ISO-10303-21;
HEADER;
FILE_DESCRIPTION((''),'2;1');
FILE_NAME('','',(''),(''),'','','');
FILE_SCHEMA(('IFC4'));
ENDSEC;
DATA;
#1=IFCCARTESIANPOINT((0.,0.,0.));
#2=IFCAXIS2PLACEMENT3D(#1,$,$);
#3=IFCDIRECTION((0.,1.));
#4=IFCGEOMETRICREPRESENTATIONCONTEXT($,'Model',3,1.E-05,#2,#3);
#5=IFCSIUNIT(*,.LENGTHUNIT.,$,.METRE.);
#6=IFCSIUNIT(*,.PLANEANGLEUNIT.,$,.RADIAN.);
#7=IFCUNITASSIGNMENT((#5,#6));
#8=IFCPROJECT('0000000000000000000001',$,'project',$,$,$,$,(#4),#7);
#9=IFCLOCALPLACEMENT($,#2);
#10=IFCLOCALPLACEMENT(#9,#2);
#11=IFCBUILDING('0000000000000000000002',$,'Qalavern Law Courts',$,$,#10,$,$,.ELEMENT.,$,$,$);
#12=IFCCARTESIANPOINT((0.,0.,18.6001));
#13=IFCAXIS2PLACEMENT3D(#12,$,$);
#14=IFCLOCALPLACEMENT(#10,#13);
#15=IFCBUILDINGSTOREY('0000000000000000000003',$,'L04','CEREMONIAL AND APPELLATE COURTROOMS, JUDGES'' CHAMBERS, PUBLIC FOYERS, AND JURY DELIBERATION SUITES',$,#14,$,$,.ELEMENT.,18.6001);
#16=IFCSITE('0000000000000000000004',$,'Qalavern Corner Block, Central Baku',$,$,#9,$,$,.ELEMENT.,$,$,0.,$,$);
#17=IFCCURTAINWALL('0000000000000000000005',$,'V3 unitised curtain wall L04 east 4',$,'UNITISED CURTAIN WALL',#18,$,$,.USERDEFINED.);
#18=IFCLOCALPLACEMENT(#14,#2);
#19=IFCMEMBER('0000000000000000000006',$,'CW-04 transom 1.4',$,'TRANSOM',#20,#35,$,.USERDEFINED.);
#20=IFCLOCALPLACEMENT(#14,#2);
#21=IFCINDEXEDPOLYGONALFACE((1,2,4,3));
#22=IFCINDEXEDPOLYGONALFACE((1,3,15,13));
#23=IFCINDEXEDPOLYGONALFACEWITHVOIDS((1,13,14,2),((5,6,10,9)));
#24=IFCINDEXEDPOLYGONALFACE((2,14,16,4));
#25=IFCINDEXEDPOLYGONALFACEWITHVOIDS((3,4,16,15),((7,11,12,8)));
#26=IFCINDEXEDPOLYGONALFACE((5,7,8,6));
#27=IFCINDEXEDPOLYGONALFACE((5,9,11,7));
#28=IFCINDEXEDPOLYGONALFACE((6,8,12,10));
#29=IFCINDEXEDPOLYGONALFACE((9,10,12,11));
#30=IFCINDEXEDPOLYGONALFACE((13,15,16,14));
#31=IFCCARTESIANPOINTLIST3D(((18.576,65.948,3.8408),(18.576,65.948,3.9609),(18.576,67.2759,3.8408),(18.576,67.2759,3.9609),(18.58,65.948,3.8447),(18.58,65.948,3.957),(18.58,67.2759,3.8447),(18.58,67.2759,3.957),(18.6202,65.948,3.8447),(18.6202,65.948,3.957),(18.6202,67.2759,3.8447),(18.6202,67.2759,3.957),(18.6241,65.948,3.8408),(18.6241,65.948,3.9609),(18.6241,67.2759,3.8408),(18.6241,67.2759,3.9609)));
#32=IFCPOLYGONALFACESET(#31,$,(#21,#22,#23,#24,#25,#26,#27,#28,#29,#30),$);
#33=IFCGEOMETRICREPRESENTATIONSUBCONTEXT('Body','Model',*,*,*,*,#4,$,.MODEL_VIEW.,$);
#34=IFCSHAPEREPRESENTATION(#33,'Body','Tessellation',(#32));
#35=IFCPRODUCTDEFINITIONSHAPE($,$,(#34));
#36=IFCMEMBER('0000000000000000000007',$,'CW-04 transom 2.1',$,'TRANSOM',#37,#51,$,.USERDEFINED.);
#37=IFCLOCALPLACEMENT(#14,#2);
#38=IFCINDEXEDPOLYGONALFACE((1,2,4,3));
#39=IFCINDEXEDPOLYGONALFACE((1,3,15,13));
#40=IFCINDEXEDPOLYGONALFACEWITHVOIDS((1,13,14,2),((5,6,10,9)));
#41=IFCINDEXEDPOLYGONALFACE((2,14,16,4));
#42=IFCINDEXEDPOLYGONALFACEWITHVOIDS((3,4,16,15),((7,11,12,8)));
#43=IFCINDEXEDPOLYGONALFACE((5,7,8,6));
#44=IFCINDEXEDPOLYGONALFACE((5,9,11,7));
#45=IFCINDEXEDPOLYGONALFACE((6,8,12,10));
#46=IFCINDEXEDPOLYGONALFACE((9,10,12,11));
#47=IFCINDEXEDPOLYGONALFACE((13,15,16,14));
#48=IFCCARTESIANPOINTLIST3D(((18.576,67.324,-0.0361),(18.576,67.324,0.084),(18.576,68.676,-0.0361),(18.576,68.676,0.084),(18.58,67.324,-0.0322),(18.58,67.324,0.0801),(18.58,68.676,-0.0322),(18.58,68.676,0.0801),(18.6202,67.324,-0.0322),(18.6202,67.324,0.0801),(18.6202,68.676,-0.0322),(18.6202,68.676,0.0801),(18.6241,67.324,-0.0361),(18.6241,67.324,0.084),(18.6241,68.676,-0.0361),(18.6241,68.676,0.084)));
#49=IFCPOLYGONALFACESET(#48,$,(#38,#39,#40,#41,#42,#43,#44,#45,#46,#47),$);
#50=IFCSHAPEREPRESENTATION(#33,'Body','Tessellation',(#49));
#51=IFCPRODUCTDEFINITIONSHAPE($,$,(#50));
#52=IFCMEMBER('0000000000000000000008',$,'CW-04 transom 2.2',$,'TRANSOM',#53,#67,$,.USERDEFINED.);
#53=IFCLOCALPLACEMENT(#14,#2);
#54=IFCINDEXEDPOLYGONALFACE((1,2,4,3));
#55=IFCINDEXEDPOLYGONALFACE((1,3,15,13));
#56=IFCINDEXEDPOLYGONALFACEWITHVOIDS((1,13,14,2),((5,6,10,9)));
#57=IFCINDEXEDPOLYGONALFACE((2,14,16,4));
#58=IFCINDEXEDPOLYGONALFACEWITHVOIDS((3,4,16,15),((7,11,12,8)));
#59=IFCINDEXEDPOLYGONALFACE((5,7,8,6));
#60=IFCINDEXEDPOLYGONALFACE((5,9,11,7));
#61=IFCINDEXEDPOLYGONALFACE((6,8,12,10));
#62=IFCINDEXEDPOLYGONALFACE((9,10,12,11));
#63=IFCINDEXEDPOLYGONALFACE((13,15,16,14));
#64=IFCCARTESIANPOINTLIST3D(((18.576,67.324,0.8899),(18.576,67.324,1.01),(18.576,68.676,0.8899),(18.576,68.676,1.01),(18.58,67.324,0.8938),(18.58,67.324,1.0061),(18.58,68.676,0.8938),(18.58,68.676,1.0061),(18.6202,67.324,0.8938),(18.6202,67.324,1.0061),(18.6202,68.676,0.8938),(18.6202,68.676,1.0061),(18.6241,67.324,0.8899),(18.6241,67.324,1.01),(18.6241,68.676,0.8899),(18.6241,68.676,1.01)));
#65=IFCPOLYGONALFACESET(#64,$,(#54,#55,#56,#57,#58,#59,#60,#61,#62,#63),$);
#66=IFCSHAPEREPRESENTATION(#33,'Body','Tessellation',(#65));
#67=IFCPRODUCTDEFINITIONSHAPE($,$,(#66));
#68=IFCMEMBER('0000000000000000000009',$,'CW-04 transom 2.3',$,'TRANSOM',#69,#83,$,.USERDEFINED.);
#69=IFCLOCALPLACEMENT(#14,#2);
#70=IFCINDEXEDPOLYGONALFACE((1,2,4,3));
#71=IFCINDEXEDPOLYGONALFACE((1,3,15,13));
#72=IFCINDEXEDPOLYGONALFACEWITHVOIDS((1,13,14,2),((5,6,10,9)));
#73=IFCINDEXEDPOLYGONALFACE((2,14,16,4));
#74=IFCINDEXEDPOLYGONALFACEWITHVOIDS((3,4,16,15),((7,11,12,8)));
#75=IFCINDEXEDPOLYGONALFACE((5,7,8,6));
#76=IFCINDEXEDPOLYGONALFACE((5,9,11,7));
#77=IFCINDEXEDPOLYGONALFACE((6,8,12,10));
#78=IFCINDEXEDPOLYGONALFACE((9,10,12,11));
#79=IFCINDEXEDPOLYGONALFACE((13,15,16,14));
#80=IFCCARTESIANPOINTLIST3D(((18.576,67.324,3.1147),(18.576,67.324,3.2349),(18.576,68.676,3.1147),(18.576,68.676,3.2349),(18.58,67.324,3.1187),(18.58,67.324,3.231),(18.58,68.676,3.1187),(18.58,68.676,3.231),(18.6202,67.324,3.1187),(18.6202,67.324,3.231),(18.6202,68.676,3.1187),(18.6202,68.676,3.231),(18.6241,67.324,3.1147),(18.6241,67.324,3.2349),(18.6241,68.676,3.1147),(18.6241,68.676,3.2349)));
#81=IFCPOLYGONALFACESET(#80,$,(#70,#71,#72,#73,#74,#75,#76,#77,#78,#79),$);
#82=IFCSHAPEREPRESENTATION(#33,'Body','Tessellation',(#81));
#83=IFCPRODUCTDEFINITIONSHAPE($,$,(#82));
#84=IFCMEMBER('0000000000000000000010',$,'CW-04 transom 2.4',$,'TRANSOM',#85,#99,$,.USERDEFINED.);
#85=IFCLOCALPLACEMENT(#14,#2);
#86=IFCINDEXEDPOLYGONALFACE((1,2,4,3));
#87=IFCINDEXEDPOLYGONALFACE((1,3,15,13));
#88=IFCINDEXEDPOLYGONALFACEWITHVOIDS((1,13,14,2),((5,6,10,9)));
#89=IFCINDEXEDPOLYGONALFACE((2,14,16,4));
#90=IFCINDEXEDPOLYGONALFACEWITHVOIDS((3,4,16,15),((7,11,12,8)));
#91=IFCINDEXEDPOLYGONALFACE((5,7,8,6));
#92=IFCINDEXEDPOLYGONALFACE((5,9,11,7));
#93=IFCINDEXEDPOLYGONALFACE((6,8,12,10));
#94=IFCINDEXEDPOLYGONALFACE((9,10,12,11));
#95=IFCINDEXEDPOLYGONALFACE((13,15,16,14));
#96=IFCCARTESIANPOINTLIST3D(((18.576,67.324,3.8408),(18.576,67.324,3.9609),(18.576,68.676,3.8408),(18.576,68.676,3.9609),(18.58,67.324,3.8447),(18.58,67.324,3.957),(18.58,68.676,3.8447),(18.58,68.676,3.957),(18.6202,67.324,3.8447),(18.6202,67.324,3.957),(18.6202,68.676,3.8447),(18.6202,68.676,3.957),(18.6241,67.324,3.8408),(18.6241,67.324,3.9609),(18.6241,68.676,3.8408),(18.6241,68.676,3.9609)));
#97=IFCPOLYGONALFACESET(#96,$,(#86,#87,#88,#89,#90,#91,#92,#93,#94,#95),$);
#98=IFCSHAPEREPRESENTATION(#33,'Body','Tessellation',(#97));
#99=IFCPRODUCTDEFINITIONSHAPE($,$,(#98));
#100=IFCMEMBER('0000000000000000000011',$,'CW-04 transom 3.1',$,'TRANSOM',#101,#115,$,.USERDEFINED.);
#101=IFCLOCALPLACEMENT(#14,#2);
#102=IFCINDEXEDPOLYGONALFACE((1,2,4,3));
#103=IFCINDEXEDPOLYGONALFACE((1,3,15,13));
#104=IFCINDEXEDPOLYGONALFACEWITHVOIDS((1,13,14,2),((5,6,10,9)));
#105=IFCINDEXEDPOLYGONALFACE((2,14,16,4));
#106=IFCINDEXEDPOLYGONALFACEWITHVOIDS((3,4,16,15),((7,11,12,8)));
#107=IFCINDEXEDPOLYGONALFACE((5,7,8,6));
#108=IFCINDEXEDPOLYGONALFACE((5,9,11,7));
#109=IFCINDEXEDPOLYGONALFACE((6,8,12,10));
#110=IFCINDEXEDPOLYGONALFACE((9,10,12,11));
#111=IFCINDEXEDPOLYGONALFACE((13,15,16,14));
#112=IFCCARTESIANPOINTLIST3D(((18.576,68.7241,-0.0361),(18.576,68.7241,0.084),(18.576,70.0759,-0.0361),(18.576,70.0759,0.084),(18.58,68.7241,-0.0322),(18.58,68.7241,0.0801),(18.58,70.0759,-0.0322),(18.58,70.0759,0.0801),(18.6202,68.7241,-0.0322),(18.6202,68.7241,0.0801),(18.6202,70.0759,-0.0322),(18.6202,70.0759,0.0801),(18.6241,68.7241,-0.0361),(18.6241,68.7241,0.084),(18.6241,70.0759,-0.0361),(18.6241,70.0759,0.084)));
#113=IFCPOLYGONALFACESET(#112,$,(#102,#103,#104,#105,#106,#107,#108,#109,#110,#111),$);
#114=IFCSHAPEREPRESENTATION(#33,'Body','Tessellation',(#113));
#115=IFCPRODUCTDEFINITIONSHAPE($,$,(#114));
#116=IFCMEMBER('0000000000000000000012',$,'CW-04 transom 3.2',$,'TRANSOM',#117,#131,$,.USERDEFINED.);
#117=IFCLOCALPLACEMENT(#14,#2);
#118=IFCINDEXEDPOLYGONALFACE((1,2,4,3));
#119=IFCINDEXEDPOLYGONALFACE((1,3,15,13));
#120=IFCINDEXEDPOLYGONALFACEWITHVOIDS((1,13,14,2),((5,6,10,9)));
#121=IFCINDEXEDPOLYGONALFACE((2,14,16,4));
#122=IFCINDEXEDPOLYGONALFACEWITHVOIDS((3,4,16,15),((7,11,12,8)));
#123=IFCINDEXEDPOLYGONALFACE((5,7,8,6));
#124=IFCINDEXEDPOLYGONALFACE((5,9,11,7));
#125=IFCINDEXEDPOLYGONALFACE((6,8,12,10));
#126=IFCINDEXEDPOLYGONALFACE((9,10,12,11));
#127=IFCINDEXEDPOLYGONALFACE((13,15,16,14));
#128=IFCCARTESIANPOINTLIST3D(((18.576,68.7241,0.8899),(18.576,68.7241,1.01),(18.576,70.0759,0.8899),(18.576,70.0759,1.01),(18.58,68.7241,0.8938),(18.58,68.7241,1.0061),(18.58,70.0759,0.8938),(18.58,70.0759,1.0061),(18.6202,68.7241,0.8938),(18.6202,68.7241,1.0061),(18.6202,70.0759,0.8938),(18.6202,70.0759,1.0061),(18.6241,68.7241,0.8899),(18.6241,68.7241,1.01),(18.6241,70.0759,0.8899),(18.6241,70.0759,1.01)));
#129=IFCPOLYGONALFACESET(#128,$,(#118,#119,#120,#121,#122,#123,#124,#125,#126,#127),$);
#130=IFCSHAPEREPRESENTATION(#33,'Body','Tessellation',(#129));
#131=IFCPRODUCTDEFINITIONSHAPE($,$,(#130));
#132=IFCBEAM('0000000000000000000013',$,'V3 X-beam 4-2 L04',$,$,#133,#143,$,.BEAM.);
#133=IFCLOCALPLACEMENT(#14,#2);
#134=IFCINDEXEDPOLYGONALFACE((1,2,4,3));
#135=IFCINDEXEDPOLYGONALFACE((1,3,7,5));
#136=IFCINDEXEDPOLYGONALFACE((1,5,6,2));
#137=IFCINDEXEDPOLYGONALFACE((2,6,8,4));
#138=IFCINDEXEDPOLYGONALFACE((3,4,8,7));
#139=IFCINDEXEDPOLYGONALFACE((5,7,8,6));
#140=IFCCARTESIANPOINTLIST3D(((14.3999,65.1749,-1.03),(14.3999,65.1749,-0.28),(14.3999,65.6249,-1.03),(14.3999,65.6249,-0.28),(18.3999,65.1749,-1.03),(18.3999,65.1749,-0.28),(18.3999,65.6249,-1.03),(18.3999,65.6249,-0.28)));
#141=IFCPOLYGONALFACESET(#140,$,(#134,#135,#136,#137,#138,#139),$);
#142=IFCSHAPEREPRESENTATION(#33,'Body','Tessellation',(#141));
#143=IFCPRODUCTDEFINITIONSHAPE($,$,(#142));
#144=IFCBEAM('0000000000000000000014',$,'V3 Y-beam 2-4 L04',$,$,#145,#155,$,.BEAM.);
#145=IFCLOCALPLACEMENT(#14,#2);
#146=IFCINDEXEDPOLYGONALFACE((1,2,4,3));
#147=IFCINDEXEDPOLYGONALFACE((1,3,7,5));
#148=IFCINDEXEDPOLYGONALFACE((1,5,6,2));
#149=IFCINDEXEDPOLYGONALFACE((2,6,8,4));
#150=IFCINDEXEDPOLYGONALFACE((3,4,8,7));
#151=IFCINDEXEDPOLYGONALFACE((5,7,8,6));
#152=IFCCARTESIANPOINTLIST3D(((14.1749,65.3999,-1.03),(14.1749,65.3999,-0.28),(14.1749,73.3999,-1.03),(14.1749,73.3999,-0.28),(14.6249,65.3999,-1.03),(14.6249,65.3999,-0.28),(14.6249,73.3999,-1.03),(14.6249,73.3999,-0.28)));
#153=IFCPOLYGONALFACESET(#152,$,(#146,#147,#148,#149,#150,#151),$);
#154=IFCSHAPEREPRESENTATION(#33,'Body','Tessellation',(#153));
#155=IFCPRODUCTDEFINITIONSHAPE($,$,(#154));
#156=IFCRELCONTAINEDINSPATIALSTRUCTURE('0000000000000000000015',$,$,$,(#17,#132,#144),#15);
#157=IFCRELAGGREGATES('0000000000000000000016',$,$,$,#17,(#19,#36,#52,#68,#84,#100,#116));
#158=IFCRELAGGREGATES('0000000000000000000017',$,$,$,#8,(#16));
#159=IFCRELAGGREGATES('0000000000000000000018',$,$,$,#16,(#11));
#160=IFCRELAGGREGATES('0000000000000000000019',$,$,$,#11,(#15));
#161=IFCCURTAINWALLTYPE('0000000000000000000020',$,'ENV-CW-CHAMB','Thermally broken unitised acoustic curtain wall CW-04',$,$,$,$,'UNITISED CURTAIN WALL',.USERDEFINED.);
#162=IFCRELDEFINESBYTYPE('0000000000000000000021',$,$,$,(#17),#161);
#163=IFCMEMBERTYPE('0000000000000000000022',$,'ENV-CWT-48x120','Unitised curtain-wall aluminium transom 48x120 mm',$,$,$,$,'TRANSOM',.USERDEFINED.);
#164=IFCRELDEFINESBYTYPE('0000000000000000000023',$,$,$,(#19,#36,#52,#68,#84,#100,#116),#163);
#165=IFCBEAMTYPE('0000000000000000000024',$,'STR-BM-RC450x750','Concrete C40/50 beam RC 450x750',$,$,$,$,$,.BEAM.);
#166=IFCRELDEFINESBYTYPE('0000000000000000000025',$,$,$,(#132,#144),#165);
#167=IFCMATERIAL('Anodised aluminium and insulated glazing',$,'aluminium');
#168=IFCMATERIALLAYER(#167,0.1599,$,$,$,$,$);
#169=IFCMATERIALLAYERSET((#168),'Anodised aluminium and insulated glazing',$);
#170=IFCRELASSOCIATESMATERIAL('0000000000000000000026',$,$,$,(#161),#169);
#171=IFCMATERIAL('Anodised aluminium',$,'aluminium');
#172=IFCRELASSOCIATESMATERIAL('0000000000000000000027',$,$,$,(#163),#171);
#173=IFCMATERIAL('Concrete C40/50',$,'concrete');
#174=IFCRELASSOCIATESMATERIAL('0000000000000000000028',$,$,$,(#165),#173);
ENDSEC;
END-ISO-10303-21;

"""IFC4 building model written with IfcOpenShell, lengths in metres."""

from ifc_helpers import new_model, si_unit, direction, frame, origin, origin_2d, place, context, subcontext, project, spatial, rectangle, hollow_rectangle, extrude, material, layer, layer_set, material_profile, profile_set, type_object, element, aggregate, save


model = new_model("IFC4")

# Units and contexts
model_context = context("Model", 3, precision=1e-05, world=origin(), true_north=direction((0.0, 1.0)))
body_context = subcontext(model_context, "Body", "Model", "MODEL_VIEW")
ifc_project = project(units=[si_unit("LENGTHUNIT", "METRE"), si_unit("PLANEANGLEUNIT", "RADIAN")], contexts=[model_context])

# Site, building, storey
site_placement = place(None, origin())
site = spatial("IfcSite", under=ifc_project, at=site_placement, Name="Qalavern Corner Block, Central Baku", CompositionType="ELEMENT", RefElevation=0.0)
building_placement = place(site_placement, origin())
building = spatial("IfcBuilding", under=site, at=building_placement, Name="Qalavern Law Courts", CompositionType="ELEMENT")
storey_placement = place(building_placement, frame((0.0, 0.0, 18.6001)))
storey = spatial("IfcBuildingStorey", under=building, at=storey_placement, Name="L04", Description="CEREMONIAL AND APPELLATE COURTROOMS, JUDGES' CHAMBERS, PUBLIC FOYERS, AND JURY DELIBERATION SUITES", CompositionType="ELEMENT", Elevation=18.6001)

# Shared definitions
ifc_material_1 = material(Name="Anodised aluminium and insulated glazing", Category="aluminium")
ifc_layer_1 = layer(ifc_material_1, 0.1599)
ifc_layer_set_1 = layer_set([ifc_layer_1], Name="Anodised aluminium and insulated glazing")
curtain_wall_type = type_object("IfcCurtainWallType", Name="ENV-CW-CHAMB", Description="Thermally broken unitised acoustic curtain wall CW-04", ElementType="UNITISED CURTAIN WALL", PredefinedType="USERDEFINED", material=ifc_layer_set_1)
ifc_material_2 = material(Name="Anodised aluminium", Category="aluminium")

# Curtain wall
curtain_wall_1_placement = place(storey_placement, origin())
curtain_wall_1 = element("IfcCurtainWall", 1, at=curtain_wall_1_placement, inside=storey, type_object=curtain_wall_type, Name="V3 unitised curtain wall L04 east 4", ObjectType="UNITISED CURTAIN WALL", PredefinedType="USERDEFINED")

# Members
ifc_material_profile_1 = material_profile(ifc_material_2, hollow_rectangle(XDim=0.0481, YDim=0.1201, WallThickness=0.0039, at=origin_2d()), Name="ALU TRANSOM 48x120")
ifc_profile_set_1 = profile_set([ifc_material_profile_1], Name="Anodised aluminium")
member_type_1 = type_object("IfcMemberType", Name="ENV-CWT-48x120", Description="Unitised curtain-wall aluminium transom 48x120 mm", ElementType="TRANSOM", PredefinedType="USERDEFINED", material=ifc_profile_set_1)
member_1_placement = place(storey_placement, frame((18.6001, 65.948, 3.9009), z_axis=(0.0, 1.0, 0.0), x_axis=(-1.0, 0.0, 0.0)))
member_1 = element("IfcMember", 2, at=member_1_placement, type_object=member_type_1, Name="CW-04 transom 1.4", ObjectType="TRANSOM", PredefinedType="USERDEFINED", context=body_context, shape_type="SweptSolid", body=[
    extrude(hollow_rectangle(XDim=0.0481, YDim=0.1201, WallThickness=0.0039, at=origin_2d()), origin(), (0.0, 0.0, 1.0), 1.3279),
])
member_2_placement = place(storey_placement, frame((18.6001, 67.324, 0.0239), z_axis=(0.0, 1.0, 0.0), x_axis=(-1.0, 0.0, 0.0)))
member_2 = element("IfcMember", 3, at=member_2_placement, type_object=member_type_1, Name="CW-04 transom 2.1", ObjectType="TRANSOM", PredefinedType="USERDEFINED", context=body_context, shape_type="SweptSolid", body=[
    extrude(hollow_rectangle(XDim=0.0481, YDim=0.1201, WallThickness=0.0039, at=origin_2d()), origin(), (0.0, 0.0, 1.0), 1.3521),
])
member_3_placement = place(storey_placement, frame((18.6001, 67.324, 0.95), z_axis=(0.0, 1.0, 0.0), x_axis=(-1.0, 0.0, 0.0)))
member_3 = element("IfcMember", 4, at=member_3_placement, type_object=member_type_1, Name="CW-04 transom 2.2", ObjectType="TRANSOM", PredefinedType="USERDEFINED", context=body_context, shape_type="SweptSolid", body=[
    extrude(hollow_rectangle(XDim=0.0481, YDim=0.1201, WallThickness=0.0039, at=origin_2d()), origin(), (0.0, 0.0, 1.0), 1.3521),
])
member_4_placement = place(storey_placement, frame((18.6001, 67.324, 3.1748), z_axis=(0.0, 1.0, 0.0), x_axis=(-1.0, 0.0, 0.0)))
member_4 = element("IfcMember", 5, at=member_4_placement, type_object=member_type_1, Name="CW-04 transom 2.3", ObjectType="TRANSOM", PredefinedType="USERDEFINED", context=body_context, shape_type="SweptSolid", body=[
    extrude(hollow_rectangle(XDim=0.0481, YDim=0.1201, WallThickness=0.0039, at=origin_2d()), origin(), (0.0, 0.0, 1.0), 1.3521),
])
member_5_placement = place(storey_placement, frame((18.6001, 67.324, 3.9009), z_axis=(0.0, 1.0, 0.0), x_axis=(-1.0, 0.0, 0.0)))
member_5 = element("IfcMember", 6, at=member_5_placement, type_object=member_type_1, Name="CW-04 transom 2.4", ObjectType="TRANSOM", PredefinedType="USERDEFINED", context=body_context, shape_type="SweptSolid", body=[
    extrude(hollow_rectangle(XDim=0.0481, YDim=0.1201, WallThickness=0.0039, at=origin_2d()), origin(), (0.0, 0.0, 1.0), 1.3521),
])
member_6_placement = place(storey_placement, frame((18.6001, 68.7241, 0.0239), z_axis=(0.0, 1.0, 0.0), x_axis=(-1.0, 0.0, 0.0)))
member_6 = element("IfcMember", 7, at=member_6_placement, type_object=member_type_1, Name="CW-04 transom 3.1", ObjectType="TRANSOM", PredefinedType="USERDEFINED", context=body_context, shape_type="SweptSolid", body=[
    extrude(hollow_rectangle(XDim=0.0481, YDim=0.1201, WallThickness=0.0039, at=origin_2d()), origin(), (0.0, 0.0, 1.0), 1.3518),
])
member_7_placement = place(storey_placement, frame((18.6001, 68.7241, 0.95), z_axis=(0.0, 1.0, 0.0), x_axis=(-1.0, 0.0, 0.0)))
member_7 = element("IfcMember", 8, at=member_7_placement, type_object=member_type_1, Name="CW-04 transom 3.2", ObjectType="TRANSOM", PredefinedType="USERDEFINED", context=body_context, shape_type="SweptSolid", body=[
    extrude(hollow_rectangle(XDim=0.0481, YDim=0.1201, WallThickness=0.0039, at=origin_2d()), origin(), (0.0, 0.0, 1.0), 1.3518),
])

# Beams
ifc_material_3 = material(Name="Concrete C40/50", Category="concrete")
ifc_material_profile_2 = material_profile(ifc_material_3, rectangle(XDim=0.45, YDim=0.75, at=origin_2d()), Name="RC 450x750")
ifc_profile_set_2 = profile_set([ifc_material_profile_2], Name="Concrete C40/50")
beam_type_1 = type_object("IfcBeamType", Name="STR-BM-RC450x750", Description="Concrete C40/50 beam RC 450x750", PredefinedType="BEAM", material=ifc_profile_set_2)
beam_1_placement = place(storey_placement, frame((14.3999, 65.3999, -0.655), z_axis=(1.0, 0.0, 0.0), x_axis=(0.0, 1.0, 0.0)))
element("IfcBeam", 9, at=beam_1_placement, inside=storey, type_object=beam_type_1, Name="V3 X-beam 4-2 L04", PredefinedType="BEAM", context=body_context, shape_type="SweptSolid", body=[
    extrude(rectangle(XDim=0.45, YDim=0.75, at=origin_2d()), origin(), (0.0, 0.0, 1.0), 4.0),
])
beam_2_placement = place(storey_placement, frame((14.3999, 65.3999, -0.655), z_axis=(0.0, 1.0, 0.0), x_axis=(-1.0, 0.0, 0.0)))
element("IfcBeam", 10, at=beam_2_placement, inside=storey, type_object=beam_type_1, Name="V3 Y-beam 2-4 L04", PredefinedType="BEAM", context=body_context, shape_type="SweptSolid", body=[
    extrude(rectangle(XDim=0.45, YDim=0.75, at=origin_2d()), origin(), (0.0, 0.0, 1.0), 8.0),
])

aggregate(curtain_wall_1, [member_1, member_2, member_3, member_4, member_5, member_6, member_7])

save(model, "model.ifc")
